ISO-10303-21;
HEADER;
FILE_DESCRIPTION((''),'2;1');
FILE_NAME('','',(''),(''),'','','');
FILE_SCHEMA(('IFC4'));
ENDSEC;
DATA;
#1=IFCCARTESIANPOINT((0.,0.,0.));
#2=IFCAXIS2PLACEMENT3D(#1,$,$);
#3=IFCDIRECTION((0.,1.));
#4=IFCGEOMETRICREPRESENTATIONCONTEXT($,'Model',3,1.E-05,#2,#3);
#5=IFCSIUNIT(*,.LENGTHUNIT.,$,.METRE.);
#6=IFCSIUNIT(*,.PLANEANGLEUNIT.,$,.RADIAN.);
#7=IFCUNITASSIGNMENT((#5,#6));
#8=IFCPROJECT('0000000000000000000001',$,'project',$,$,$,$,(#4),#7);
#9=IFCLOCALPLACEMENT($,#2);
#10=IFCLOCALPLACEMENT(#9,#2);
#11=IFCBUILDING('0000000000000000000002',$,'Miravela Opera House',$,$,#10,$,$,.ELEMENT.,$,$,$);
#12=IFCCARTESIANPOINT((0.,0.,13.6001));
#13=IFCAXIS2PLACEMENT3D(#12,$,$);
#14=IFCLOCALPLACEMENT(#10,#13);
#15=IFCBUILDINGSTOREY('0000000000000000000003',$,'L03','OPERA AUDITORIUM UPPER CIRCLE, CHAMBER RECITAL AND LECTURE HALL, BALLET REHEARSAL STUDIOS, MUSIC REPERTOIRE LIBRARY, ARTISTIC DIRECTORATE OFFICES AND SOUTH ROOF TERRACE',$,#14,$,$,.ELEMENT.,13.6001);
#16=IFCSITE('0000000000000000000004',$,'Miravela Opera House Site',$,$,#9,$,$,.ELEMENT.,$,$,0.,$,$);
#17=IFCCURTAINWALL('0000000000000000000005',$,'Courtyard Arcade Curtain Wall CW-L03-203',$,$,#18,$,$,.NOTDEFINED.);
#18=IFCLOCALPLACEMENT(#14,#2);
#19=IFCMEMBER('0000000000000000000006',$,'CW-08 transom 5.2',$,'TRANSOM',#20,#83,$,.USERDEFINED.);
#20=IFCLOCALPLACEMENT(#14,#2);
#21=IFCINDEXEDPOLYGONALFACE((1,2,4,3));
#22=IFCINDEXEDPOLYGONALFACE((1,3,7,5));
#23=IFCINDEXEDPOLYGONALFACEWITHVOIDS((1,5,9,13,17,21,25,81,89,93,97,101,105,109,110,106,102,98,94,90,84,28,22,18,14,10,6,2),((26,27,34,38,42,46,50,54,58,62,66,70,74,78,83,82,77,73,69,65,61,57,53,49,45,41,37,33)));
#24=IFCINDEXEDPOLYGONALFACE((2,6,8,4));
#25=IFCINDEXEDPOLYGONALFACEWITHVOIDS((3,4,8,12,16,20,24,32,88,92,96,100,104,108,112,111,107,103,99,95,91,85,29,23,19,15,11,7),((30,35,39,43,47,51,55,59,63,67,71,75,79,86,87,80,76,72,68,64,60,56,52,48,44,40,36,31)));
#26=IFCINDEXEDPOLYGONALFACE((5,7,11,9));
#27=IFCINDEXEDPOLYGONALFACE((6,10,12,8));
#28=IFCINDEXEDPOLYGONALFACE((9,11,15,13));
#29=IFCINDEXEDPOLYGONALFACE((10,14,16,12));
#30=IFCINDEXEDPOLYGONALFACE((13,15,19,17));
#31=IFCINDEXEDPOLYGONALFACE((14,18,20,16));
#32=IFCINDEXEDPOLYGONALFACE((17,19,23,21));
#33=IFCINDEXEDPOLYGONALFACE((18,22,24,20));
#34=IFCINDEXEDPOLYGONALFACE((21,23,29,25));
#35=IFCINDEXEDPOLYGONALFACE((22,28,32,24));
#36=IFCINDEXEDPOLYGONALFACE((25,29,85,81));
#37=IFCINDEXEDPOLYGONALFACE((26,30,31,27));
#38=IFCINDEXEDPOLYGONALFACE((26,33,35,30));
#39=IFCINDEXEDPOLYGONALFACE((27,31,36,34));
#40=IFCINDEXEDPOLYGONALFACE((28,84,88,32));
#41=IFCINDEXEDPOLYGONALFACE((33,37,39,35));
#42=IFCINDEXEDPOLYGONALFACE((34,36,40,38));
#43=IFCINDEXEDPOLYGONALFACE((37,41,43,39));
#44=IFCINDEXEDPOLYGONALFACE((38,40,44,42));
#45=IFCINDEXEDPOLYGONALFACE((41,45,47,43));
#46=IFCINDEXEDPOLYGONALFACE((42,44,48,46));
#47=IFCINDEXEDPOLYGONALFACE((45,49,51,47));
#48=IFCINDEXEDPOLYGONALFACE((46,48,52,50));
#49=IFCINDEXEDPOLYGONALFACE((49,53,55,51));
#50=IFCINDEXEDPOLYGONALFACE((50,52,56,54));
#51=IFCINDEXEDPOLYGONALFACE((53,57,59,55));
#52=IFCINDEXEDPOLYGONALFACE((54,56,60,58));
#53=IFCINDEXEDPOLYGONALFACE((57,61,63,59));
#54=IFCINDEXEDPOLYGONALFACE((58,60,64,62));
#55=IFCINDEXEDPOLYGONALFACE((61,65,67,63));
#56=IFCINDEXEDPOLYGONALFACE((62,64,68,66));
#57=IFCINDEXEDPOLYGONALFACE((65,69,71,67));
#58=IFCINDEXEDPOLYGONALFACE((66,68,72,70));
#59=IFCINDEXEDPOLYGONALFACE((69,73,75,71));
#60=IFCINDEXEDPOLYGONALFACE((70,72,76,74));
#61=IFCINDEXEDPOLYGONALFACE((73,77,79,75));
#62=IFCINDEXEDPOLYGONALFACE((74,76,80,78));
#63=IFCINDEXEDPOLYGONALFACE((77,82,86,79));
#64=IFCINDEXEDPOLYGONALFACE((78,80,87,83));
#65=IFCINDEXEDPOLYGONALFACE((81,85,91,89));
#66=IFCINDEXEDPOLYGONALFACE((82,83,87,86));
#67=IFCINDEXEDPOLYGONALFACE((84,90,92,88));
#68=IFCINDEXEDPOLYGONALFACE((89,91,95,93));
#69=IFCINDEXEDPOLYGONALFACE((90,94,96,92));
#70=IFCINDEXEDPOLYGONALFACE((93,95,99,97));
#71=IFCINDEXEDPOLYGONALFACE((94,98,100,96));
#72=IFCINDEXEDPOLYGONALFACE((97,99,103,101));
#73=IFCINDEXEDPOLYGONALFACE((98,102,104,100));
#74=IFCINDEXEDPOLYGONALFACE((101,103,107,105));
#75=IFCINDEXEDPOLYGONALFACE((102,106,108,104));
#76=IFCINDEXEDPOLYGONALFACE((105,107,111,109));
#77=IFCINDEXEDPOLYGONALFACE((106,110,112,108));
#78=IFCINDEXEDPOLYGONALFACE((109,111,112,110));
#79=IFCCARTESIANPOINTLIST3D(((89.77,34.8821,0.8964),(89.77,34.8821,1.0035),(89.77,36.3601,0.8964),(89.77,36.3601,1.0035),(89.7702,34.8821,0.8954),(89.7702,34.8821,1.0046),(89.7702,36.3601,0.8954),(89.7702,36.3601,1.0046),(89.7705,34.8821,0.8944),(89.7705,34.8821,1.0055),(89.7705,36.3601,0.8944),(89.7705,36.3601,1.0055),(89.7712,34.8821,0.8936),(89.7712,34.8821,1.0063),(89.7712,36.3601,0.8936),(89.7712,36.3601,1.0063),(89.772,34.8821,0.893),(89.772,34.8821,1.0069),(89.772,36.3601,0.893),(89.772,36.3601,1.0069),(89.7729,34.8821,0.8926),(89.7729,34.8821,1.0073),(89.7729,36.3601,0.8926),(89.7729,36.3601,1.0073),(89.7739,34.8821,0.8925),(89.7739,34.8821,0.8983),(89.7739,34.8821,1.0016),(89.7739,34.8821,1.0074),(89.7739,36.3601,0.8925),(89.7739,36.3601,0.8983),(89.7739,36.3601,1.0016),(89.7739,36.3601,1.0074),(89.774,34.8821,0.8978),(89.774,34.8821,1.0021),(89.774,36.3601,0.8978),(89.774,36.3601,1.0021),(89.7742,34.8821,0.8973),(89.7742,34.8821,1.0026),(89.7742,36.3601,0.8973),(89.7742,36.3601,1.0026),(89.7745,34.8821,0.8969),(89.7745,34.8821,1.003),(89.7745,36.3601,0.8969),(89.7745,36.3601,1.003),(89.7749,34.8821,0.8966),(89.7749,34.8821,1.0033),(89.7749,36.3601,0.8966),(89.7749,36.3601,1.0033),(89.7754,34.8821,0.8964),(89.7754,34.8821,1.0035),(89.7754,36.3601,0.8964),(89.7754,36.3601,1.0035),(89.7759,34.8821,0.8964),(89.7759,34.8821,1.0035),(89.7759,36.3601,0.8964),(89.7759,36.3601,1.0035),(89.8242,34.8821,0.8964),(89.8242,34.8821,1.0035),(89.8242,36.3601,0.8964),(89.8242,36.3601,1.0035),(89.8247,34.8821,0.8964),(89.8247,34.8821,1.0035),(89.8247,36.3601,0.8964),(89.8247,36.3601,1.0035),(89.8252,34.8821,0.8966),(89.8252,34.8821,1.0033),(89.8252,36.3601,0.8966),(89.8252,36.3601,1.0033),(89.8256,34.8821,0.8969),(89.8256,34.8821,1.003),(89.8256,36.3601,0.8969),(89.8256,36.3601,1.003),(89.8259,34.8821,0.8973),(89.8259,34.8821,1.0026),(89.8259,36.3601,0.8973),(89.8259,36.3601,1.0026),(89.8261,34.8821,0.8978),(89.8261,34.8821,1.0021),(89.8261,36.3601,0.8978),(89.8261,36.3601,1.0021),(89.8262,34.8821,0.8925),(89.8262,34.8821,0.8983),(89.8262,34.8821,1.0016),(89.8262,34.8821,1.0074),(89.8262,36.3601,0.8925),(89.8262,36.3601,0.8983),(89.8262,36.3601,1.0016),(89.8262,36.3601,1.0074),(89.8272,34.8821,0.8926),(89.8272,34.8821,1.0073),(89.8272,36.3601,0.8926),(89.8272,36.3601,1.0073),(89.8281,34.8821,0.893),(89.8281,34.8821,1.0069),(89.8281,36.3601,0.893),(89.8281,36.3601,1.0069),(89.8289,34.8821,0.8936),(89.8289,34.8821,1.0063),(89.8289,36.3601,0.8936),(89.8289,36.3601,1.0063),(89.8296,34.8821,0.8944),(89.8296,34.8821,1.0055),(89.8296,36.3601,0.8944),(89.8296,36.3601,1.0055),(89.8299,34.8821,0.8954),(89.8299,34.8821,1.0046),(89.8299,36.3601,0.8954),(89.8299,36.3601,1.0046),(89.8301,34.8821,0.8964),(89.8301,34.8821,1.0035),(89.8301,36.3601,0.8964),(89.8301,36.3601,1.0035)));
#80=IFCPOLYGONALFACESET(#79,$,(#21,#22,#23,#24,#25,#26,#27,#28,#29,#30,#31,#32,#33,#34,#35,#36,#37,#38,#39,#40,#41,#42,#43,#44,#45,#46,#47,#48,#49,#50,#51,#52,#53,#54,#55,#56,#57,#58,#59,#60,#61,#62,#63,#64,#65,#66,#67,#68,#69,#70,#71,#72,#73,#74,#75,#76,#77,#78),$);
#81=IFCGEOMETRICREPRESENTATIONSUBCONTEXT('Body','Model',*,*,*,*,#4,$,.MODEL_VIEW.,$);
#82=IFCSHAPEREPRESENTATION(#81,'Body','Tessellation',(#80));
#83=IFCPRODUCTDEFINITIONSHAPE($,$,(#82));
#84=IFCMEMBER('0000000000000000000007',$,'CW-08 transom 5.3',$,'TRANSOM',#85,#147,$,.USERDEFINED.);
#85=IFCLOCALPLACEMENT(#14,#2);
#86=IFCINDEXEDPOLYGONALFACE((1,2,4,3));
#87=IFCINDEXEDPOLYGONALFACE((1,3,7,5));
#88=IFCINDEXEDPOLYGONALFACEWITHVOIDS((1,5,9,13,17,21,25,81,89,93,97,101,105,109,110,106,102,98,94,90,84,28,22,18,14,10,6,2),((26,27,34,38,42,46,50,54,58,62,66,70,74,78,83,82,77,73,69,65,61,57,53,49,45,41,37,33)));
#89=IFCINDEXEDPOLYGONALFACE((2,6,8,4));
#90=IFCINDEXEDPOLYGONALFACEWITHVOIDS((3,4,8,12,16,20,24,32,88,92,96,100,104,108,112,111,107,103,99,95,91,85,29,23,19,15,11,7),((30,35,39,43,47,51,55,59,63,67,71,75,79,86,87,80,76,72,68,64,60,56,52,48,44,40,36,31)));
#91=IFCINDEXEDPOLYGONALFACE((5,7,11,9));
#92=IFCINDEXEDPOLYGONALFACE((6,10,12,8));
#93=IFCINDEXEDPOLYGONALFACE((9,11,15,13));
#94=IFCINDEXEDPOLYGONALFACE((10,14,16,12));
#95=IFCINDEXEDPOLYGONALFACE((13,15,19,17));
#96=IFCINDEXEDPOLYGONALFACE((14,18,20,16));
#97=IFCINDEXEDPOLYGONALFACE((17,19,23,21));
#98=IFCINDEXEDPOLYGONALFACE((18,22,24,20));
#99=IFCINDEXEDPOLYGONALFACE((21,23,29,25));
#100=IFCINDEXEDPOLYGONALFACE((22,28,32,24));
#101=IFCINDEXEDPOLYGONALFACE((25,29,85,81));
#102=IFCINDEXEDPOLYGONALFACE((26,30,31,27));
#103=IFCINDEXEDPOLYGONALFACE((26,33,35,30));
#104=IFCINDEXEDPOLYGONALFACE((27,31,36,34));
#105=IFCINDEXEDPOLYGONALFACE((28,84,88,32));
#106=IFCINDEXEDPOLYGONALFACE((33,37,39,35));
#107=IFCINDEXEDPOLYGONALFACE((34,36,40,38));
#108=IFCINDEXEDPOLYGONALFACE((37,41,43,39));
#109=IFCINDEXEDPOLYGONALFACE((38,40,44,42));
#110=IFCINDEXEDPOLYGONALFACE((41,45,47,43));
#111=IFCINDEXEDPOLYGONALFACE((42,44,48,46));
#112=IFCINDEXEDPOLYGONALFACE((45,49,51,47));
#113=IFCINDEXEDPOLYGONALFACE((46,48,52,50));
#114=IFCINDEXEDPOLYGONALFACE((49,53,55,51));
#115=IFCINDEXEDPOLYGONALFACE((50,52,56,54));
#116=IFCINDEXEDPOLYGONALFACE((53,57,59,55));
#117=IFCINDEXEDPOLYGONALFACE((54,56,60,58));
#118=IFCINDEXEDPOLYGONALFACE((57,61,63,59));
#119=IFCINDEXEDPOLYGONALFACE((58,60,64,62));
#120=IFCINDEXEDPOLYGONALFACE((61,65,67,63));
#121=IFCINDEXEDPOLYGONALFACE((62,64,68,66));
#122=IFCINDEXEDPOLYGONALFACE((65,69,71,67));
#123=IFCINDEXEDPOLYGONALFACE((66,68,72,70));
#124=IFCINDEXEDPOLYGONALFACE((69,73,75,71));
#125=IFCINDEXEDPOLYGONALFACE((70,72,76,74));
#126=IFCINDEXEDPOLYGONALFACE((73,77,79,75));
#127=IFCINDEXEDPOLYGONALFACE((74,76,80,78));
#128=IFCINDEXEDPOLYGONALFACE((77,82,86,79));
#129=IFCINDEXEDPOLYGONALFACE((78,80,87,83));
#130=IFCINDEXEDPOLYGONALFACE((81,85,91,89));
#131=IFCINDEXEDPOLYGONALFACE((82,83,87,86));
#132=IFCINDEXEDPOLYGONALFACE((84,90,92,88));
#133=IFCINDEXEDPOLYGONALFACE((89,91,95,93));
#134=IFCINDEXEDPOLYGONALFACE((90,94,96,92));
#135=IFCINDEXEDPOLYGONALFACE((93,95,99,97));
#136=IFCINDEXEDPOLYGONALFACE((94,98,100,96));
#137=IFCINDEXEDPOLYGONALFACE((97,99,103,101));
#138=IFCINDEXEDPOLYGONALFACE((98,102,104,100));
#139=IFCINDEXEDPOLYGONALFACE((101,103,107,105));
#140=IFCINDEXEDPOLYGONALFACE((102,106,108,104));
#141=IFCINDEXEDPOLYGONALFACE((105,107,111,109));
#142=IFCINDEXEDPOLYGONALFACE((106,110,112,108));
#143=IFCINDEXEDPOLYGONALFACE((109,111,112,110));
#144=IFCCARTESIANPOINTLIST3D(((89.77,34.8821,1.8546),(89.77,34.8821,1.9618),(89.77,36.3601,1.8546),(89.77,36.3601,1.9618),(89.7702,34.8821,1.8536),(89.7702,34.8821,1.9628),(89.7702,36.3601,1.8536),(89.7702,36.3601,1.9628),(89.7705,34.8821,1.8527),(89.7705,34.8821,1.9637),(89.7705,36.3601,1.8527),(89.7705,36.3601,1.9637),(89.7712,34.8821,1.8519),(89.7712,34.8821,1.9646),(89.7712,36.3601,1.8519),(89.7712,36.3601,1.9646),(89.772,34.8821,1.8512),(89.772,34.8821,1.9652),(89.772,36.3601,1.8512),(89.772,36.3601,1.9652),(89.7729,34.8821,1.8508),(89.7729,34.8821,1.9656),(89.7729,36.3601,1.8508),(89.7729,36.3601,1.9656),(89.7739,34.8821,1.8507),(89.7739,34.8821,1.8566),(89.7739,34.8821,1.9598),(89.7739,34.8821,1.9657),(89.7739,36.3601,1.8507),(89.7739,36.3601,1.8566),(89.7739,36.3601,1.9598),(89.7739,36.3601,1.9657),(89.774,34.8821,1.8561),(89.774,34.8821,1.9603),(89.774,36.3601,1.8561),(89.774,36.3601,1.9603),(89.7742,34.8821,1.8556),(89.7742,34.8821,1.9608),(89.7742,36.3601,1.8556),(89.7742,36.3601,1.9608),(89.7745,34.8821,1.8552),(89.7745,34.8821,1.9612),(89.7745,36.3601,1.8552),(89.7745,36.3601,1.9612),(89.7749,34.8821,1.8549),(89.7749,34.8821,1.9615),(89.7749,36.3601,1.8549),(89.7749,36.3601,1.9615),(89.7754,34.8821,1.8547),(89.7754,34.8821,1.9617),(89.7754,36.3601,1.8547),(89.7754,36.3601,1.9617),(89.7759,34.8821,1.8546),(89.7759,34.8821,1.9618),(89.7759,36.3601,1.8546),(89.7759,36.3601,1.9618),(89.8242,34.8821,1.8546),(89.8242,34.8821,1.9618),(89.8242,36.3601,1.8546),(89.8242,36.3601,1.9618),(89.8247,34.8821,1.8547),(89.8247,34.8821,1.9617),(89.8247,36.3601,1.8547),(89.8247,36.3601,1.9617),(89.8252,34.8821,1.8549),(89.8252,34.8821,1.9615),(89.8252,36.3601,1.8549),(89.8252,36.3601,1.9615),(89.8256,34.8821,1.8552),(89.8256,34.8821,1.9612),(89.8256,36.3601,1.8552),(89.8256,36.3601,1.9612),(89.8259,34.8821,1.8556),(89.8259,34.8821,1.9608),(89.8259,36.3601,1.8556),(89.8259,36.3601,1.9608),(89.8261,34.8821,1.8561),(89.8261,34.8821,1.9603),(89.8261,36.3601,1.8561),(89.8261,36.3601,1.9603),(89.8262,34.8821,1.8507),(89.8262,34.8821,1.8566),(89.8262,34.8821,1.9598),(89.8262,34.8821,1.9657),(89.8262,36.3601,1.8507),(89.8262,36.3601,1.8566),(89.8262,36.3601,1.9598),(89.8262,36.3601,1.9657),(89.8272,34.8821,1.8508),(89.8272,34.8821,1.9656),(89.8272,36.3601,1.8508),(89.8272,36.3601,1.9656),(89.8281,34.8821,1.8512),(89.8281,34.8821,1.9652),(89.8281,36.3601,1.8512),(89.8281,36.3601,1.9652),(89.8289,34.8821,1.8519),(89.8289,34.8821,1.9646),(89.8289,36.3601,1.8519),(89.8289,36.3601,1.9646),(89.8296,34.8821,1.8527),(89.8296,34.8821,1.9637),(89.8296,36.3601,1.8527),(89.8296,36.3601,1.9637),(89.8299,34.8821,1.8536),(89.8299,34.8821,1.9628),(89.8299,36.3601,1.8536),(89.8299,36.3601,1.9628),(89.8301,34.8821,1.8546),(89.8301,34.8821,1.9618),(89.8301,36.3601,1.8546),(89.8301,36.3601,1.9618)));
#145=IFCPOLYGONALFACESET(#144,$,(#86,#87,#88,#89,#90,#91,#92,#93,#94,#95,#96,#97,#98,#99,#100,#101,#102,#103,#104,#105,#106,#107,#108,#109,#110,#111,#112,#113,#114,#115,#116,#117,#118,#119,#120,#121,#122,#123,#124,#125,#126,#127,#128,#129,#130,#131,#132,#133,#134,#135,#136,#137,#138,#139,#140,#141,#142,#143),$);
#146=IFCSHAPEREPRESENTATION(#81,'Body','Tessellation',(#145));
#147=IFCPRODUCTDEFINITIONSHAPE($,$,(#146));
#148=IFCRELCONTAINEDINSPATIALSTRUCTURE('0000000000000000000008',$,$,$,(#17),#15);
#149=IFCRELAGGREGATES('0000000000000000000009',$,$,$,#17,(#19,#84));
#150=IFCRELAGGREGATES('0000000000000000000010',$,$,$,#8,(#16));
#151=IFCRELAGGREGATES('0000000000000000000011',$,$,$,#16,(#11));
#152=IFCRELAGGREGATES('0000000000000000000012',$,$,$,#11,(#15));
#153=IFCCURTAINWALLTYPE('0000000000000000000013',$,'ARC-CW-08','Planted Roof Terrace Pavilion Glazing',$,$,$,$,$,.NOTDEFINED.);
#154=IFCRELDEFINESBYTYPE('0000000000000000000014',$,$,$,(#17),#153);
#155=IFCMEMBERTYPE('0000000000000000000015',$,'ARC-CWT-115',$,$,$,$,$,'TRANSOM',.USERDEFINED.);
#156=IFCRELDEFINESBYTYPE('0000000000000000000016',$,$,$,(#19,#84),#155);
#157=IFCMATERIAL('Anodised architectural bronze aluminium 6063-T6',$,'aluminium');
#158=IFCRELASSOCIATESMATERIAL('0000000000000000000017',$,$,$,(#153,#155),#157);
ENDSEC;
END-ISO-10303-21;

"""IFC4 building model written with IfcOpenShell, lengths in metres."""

from ifc_helpers import new_model, si_unit, direction, frame, origin, origin_2d, place, context, subcontext, project, spatial, hollow_rectangle, extrude, material, material_profile, profile_set, type_object, element, aggregate, save


model = new_model("IFC4")

# Units and contexts
model_context = context("Model", 3, precision=1e-05, world=origin(), true_north=direction((0.0, 1.0)))
body_context = subcontext(model_context, "Body", "Model", "MODEL_VIEW")
ifc_project = project(units=[si_unit("LENGTHUNIT", "METRE"), si_unit("PLANEANGLEUNIT", "RADIAN")], contexts=[model_context])

# Site, building, storey
site_placement = place(None, origin())
site = spatial("IfcSite", under=ifc_project, at=site_placement, Name="Miravela Opera House Site", CompositionType="ELEMENT", RefElevation=0.0)
building_placement = place(site_placement, origin())
building = spatial("IfcBuilding", under=site, at=building_placement, Name="Miravela Opera House", CompositionType="ELEMENT")
storey_placement = place(building_placement, frame((0.0, 0.0, 13.6001)))
storey = spatial("IfcBuildingStorey", under=building, at=storey_placement, Name="L03", Description="OPERA AUDITORIUM UPPER CIRCLE, CHAMBER RECITAL AND LECTURE HALL, BALLET REHEARSAL STUDIOS, MUSIC REPERTOIRE LIBRARY, ARTISTIC DIRECTORATE OFFICES AND SOUTH ROOF TERRACE", CompositionType="ELEMENT", Elevation=13.6001)

# Curtain wall, members
ifc_material_1 = material(Name="Anodised architectural bronze aluminium 6063-T6", Category="aluminium")
curtain_wall_type = type_object("IfcCurtainWallType", Name="ARC-CW-08", Description="Planted Roof Terrace Pavilion Glazing", PredefinedType="NOTDEFINED", material=ifc_material_1)
curtain_wall_placement = place(storey_placement, origin())
curtain_wall = element("IfcCurtainWall", 1, at=curtain_wall_placement, inside=storey, type_object=curtain_wall_type, Name="Courtyard Arcade Curtain Wall CW-L03-203", PredefinedType="NOTDEFINED")
ifc_material_profile_1 = material_profile(ifc_material_1, hollow_rectangle(XDim=0.0601, YDim=0.115, WallThickness=0.0039, InnerFilletRadius=0.002, OuterFilletRadius=0.0039, at=origin_2d()), Name="CWT-60X115")
ifc_profile_set_1 = profile_set([ifc_material_profile_1])
member_type_1 = type_object("IfcMemberType", Name="ARC-CWT-115", ElementType="TRANSOM", PredefinedType="USERDEFINED", material=ifc_profile_set_1)
member_1_placement = place(storey_placement, frame((89.8, 34.8821, 0.95), z_axis=(0.0, 1.0, 0.0), x_axis=(-1.0, 0.0, 0.0)))
member_1 = element("IfcMember", 2, at=member_1_placement, type_object=member_type_1, Name="CW-08 transom 5.2", ObjectType="TRANSOM", PredefinedType="USERDEFINED", context=body_context, shape_type="SweptSolid", body=[
    extrude(hollow_rectangle(XDim=0.0601, YDim=0.115, WallThickness=0.0039, InnerFilletRadius=0.002, OuterFilletRadius=0.0039, at=origin_2d()), origin(), (0.0, 0.0, 1.0), 1.478),
])
member_2_placement = place(storey_placement, frame((89.8, 34.8821, 1.9082), z_axis=(0.0, 1.0, 0.0), x_axis=(-1.0, 0.0, 0.0)))
member_2 = element("IfcMember", 3, at=member_2_placement, type_object=member_type_1, Name="CW-08 transom 5.3", ObjectType="TRANSOM", PredefinedType="USERDEFINED", context=body_context, shape_type="SweptSolid", body=[
    extrude(hollow_rectangle(XDim=0.0601, YDim=0.115, WallThickness=0.0039, InnerFilletRadius=0.002, OuterFilletRadius=0.0039, at=origin_2d()), origin(), (0.0, 0.0, 1.0), 1.478),
])
aggregate(curtain_wall, [member_1, member_2])

save(model, "model.ifc")
